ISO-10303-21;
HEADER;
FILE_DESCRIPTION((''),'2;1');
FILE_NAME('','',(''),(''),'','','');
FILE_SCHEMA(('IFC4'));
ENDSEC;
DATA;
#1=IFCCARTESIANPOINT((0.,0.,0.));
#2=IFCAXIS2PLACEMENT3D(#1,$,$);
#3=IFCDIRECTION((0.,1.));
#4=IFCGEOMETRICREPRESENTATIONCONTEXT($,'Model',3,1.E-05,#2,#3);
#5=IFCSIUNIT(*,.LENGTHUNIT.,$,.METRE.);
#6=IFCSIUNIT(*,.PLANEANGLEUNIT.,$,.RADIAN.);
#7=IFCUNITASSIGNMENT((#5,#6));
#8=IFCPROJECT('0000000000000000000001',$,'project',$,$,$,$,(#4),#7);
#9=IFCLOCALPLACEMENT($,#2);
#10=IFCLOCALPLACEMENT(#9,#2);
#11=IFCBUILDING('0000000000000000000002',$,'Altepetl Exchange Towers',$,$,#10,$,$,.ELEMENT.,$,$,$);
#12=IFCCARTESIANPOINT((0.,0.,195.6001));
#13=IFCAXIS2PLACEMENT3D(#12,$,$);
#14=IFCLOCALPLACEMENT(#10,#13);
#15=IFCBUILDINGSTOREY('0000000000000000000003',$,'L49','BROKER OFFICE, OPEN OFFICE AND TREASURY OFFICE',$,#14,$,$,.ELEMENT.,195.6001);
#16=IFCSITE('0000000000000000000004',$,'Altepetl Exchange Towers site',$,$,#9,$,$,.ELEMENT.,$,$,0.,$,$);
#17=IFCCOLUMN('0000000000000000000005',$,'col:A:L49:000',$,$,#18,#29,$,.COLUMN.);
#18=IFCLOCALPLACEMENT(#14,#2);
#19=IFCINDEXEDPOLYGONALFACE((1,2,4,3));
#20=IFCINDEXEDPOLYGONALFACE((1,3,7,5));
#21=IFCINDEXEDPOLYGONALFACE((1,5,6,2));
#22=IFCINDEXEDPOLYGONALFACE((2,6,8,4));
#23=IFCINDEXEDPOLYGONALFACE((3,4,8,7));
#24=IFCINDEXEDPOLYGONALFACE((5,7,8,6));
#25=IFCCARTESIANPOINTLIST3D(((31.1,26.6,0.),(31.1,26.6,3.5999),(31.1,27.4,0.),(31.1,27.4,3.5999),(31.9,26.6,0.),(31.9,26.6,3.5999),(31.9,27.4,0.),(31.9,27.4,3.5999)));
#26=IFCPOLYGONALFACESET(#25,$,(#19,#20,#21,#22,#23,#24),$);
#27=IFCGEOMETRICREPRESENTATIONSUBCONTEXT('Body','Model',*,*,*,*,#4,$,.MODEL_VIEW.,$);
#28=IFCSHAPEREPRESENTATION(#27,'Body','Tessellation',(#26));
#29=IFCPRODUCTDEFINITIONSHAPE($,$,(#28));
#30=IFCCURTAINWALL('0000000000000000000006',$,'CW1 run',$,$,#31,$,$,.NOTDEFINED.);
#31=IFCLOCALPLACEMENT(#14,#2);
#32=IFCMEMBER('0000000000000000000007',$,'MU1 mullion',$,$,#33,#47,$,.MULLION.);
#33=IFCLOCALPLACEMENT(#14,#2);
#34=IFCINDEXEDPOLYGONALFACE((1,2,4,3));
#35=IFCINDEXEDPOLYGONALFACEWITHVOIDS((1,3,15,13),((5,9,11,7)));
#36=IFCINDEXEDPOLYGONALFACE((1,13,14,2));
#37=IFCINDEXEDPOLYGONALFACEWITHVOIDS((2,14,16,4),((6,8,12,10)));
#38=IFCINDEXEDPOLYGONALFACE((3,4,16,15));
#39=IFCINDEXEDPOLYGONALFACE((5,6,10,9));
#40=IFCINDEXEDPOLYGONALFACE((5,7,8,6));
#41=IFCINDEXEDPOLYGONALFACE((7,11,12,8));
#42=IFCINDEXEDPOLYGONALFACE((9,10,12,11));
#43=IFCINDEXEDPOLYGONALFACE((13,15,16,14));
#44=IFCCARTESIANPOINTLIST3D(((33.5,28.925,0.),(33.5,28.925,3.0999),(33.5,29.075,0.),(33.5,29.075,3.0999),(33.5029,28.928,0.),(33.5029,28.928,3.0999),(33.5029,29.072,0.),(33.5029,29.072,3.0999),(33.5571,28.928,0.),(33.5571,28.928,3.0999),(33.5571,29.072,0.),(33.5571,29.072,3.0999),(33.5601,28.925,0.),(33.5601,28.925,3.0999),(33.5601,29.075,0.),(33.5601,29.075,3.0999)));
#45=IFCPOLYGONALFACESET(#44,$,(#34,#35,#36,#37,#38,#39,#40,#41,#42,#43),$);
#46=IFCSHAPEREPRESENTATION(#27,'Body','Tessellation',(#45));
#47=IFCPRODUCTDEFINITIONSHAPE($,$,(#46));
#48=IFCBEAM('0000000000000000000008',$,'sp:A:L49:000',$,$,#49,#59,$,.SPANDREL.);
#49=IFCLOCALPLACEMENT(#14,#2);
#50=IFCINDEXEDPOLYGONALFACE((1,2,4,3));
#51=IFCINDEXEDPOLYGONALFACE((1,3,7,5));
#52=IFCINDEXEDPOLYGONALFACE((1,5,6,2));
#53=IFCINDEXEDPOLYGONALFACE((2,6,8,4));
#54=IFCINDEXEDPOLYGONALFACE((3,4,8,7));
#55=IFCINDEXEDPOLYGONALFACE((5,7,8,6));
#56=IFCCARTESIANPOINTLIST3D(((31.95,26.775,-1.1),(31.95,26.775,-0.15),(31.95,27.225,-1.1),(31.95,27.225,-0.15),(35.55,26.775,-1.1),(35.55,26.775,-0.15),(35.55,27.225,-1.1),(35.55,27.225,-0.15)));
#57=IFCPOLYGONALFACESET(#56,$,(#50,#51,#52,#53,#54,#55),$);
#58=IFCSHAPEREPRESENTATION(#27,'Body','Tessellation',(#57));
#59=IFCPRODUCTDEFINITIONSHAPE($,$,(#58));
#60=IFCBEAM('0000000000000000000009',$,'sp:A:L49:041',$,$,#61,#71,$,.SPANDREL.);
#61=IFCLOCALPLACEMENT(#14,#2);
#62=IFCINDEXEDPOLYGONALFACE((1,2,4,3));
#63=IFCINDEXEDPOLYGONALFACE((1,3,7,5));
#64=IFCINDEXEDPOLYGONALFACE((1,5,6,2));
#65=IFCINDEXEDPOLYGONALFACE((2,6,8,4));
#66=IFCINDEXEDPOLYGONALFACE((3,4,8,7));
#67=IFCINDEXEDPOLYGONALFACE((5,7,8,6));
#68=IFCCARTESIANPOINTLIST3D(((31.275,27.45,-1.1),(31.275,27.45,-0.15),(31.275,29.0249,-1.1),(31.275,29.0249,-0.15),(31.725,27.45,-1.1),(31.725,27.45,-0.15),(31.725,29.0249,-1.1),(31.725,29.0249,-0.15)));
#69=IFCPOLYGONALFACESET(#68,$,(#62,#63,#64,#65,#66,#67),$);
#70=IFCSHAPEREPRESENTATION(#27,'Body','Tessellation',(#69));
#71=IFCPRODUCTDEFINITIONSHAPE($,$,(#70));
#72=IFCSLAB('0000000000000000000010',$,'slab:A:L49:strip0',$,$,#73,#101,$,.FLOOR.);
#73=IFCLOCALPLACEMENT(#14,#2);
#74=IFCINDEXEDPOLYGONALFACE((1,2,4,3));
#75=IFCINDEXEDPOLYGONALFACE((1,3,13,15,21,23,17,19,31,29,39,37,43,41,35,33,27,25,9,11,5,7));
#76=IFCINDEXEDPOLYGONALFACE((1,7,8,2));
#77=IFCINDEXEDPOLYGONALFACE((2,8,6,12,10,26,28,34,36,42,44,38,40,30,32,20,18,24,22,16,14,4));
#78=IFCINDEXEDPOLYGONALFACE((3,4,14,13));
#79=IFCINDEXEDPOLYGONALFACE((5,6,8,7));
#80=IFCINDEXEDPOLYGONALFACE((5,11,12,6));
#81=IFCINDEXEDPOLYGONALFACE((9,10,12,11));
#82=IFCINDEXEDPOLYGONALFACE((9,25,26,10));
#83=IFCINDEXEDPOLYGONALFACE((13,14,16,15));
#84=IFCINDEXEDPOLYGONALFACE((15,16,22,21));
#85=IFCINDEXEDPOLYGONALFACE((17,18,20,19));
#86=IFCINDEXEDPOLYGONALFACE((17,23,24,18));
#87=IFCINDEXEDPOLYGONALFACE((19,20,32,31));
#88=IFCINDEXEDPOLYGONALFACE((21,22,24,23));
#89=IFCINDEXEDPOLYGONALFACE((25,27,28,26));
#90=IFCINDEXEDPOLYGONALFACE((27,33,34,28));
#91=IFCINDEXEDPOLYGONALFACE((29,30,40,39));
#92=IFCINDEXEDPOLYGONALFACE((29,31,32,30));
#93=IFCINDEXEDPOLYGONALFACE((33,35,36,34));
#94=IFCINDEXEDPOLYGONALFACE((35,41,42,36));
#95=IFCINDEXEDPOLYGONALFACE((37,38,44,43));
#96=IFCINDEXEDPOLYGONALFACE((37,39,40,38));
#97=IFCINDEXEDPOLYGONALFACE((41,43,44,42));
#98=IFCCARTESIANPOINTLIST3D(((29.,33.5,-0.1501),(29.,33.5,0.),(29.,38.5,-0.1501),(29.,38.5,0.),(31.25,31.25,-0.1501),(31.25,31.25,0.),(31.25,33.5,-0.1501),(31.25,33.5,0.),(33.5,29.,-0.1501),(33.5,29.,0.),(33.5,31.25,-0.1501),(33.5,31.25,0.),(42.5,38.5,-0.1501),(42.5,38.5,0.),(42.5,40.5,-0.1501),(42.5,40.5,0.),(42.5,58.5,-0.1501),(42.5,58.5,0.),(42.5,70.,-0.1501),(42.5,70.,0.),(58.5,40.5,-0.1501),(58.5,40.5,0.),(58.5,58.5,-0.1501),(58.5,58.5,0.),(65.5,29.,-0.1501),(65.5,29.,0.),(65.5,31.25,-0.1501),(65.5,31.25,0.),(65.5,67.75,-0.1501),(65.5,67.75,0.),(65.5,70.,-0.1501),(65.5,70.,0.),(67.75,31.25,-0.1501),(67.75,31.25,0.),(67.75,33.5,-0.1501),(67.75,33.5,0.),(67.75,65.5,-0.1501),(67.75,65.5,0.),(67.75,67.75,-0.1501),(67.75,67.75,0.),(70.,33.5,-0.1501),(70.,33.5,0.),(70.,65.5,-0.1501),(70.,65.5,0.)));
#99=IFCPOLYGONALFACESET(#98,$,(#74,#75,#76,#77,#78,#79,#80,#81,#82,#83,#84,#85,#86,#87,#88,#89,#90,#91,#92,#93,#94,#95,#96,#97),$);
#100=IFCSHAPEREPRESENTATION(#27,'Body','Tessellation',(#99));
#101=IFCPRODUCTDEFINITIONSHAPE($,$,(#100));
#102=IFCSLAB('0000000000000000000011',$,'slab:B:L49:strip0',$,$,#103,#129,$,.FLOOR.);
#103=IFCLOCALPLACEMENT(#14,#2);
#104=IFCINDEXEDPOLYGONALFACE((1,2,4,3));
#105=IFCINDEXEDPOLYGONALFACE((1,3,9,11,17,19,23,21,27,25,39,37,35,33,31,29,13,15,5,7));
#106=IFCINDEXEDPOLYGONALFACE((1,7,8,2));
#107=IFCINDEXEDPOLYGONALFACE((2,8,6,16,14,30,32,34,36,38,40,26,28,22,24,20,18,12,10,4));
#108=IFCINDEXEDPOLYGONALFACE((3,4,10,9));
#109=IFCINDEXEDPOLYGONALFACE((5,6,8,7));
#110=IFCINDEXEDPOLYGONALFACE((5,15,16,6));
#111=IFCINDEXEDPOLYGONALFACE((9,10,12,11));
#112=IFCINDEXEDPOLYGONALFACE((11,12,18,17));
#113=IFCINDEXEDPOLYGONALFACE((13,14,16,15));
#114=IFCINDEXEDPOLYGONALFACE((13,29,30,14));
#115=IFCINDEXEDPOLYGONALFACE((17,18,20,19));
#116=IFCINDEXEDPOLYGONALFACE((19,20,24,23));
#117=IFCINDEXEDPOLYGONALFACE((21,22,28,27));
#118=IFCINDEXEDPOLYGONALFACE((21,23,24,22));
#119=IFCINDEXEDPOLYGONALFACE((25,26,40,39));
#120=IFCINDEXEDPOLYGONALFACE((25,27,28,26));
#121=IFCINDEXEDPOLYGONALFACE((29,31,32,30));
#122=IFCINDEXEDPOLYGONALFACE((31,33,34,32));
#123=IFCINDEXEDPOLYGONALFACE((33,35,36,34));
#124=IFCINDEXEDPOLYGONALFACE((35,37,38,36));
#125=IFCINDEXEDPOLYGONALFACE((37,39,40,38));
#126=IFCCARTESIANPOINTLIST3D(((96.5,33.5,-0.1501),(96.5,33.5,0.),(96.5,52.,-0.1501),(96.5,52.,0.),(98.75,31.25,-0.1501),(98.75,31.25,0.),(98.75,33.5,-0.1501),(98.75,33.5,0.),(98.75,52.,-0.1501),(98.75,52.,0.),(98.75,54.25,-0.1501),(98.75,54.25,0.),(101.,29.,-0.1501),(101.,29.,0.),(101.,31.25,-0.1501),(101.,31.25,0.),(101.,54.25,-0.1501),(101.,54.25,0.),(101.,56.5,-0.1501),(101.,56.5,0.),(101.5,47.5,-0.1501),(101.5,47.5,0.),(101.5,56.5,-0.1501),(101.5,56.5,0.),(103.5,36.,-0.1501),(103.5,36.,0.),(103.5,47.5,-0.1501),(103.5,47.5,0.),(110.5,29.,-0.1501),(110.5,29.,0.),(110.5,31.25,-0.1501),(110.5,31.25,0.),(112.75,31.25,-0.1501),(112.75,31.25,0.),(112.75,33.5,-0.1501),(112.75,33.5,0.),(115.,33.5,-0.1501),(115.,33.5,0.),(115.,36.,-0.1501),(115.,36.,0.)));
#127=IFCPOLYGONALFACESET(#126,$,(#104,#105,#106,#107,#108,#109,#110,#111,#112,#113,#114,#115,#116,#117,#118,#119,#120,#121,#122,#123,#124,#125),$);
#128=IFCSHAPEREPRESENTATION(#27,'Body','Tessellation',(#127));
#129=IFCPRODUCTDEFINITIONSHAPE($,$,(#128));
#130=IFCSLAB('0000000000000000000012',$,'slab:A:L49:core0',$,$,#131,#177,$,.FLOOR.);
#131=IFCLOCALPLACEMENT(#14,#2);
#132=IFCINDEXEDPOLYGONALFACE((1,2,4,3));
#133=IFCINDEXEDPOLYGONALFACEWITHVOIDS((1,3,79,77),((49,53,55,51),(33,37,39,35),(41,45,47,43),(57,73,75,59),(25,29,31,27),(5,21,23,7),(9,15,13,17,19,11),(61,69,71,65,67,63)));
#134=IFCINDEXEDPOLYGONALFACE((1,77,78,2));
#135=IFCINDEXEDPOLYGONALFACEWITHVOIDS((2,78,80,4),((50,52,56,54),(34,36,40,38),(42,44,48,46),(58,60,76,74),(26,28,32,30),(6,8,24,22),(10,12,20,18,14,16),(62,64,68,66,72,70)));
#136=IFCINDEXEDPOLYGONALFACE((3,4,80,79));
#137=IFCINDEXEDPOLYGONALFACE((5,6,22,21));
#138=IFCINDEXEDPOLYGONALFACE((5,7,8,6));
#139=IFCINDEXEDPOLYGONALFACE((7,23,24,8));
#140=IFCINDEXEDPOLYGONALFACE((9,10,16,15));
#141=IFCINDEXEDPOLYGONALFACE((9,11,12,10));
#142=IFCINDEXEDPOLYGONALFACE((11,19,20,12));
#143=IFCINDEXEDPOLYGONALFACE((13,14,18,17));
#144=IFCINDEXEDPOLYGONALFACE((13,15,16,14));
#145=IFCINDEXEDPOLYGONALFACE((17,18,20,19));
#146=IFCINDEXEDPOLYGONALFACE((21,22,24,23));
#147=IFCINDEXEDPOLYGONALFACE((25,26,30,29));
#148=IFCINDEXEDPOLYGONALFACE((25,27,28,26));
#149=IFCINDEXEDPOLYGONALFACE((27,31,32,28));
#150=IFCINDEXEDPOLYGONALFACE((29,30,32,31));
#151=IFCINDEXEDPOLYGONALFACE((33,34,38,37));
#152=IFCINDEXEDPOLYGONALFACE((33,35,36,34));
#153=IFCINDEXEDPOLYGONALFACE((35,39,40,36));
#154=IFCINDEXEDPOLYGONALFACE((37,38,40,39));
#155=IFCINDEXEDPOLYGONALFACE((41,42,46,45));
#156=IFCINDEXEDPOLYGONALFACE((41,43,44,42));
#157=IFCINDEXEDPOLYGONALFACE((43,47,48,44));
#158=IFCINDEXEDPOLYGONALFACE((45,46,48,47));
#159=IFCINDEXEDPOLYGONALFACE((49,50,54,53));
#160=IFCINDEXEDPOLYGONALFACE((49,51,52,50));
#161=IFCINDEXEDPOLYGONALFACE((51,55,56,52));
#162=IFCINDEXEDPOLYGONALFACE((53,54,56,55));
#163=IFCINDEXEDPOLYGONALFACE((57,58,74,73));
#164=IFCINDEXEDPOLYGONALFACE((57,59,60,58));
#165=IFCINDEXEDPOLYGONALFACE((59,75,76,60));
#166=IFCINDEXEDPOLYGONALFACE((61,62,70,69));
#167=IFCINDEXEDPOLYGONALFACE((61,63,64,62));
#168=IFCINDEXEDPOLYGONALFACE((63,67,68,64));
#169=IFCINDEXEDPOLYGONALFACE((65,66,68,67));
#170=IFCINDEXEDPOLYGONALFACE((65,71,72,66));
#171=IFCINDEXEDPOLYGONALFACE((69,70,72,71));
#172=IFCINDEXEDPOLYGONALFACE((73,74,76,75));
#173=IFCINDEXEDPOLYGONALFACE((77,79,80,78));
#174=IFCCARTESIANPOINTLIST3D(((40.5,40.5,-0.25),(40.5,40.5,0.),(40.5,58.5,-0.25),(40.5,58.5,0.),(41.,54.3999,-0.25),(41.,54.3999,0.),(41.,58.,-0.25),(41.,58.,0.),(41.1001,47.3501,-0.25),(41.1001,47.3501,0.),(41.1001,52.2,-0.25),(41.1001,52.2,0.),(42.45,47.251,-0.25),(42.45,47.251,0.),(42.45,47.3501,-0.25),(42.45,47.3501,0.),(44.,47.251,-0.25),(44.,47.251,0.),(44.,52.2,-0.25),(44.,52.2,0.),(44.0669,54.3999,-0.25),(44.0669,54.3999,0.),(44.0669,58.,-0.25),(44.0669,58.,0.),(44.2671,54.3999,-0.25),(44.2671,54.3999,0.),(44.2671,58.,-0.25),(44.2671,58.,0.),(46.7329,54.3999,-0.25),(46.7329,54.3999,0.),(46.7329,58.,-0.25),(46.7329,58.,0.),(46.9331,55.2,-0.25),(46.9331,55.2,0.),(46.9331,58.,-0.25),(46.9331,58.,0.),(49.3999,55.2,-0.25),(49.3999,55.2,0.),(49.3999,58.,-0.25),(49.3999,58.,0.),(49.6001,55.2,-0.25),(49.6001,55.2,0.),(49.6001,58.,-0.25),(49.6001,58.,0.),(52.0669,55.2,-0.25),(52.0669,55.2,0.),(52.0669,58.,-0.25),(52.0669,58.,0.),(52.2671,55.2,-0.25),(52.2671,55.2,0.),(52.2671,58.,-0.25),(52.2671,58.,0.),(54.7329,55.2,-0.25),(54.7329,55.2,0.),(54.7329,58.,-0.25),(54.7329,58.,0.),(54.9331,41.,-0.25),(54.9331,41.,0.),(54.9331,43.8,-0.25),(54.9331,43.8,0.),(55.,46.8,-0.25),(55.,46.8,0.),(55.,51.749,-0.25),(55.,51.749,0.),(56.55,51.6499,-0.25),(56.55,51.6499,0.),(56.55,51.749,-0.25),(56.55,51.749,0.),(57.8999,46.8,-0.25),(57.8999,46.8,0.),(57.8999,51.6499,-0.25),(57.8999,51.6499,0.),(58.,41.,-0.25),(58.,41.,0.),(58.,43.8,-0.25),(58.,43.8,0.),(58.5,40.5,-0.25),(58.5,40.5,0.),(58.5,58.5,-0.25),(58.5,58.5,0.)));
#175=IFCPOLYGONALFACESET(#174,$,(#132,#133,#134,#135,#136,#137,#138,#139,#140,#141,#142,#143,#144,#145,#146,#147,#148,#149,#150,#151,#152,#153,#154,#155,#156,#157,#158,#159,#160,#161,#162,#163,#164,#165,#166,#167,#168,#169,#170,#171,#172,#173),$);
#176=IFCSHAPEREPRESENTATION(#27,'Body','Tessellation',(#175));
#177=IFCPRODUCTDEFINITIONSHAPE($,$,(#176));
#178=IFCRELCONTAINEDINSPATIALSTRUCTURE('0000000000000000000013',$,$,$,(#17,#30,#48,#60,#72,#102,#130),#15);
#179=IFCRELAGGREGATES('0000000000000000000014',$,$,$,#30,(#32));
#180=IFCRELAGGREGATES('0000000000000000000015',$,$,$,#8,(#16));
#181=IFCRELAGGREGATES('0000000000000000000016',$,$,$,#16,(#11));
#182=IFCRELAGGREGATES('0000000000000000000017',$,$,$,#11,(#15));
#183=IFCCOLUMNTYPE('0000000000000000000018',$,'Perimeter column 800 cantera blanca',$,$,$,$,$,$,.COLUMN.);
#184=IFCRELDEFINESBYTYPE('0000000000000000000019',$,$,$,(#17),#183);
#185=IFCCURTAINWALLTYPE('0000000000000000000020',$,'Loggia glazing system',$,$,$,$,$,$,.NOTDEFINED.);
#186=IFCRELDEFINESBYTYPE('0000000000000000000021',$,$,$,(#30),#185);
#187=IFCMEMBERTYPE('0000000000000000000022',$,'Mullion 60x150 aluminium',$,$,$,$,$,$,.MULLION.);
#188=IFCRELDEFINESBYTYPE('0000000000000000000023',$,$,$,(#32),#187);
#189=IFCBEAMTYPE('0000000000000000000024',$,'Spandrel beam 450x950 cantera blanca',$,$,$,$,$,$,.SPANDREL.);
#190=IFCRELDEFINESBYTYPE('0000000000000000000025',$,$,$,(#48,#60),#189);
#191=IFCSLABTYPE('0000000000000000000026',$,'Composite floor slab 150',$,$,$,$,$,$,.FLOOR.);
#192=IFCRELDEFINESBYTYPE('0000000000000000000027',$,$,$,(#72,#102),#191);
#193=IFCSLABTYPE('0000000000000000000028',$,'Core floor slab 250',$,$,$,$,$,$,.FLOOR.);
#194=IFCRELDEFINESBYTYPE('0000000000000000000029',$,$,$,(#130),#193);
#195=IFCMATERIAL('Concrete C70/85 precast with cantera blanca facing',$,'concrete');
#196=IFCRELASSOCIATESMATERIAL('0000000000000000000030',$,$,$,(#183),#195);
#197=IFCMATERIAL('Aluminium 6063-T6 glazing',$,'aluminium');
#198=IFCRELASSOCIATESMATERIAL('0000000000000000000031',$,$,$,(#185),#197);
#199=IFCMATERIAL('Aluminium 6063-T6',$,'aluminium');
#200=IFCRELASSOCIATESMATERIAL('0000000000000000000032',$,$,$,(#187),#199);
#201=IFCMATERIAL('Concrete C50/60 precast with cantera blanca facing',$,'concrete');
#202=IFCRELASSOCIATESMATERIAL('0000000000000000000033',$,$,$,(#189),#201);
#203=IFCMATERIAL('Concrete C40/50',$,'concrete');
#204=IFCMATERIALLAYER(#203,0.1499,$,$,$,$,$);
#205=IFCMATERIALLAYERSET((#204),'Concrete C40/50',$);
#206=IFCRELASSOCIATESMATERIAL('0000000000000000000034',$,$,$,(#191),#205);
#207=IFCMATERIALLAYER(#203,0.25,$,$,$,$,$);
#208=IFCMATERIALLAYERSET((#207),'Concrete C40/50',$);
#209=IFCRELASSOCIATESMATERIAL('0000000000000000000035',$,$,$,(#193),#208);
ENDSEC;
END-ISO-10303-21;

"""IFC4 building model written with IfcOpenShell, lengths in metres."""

from ifc_helpers import new_model, si_unit, direction, frame, origin, origin_2d, place, context, subcontext, project, spatial, polyline, rectangle, hollow_rectangle, outline, extrude, material, layer, layer_set, material_profile, profile_set, type_object, element, aggregate, save


model = new_model("IFC4")

# Units and contexts
model_context = context("Model", 3, precision=1e-05, world=origin(), true_north=direction((0.0, 1.0)))
body_context = subcontext(model_context, "Body", "Model", "MODEL_VIEW")
ifc_project = project(units=[si_unit("LENGTHUNIT", "METRE"), si_unit("PLANEANGLEUNIT", "RADIAN")], contexts=[model_context])

# Site, building, storey
site_placement = place(None, origin())
site = spatial("IfcSite", under=ifc_project, at=site_placement, Name="Altepetl Exchange Towers site", CompositionType="ELEMENT", RefElevation=0.0)
building_placement = place(site_placement, origin())
building = spatial("IfcBuilding", under=site, at=building_placement, Name="Altepetl Exchange Towers", CompositionType="ELEMENT")
storey_placement = place(building_placement, frame((0.0, 0.0, 195.6001)))
storey = spatial("IfcBuildingStorey", under=building, at=storey_placement, Name="L49", Description="BROKER OFFICE, OPEN OFFICE AND TREASURY OFFICE", CompositionType="ELEMENT", Elevation=195.6001)

# Column
ifc_material_1 = material(Name="Concrete C70/85 precast with cantera blanca facing", Category="concrete")
ifc_material_profile_1 = material_profile(ifc_material_1, rectangle(XDim=0.8, YDim=0.8, at=origin_2d()), Name="800 x 800")
ifc_profile_set_1 = profile_set([ifc_material_profile_1], Name="Concrete C70/85 precast with cantera blanca facing")
column_type = type_object("IfcColumnType", Name="Perimeter column 800 cantera blanca", PredefinedType="COLUMN", material=ifc_profile_set_1)
column_placement = place(storey_placement, frame((31.5, 27.0, 0.0)))
element("IfcColumn", 1, at=column_placement, inside=storey, type_object=column_type, Name="col:A:L49:000", PredefinedType="COLUMN", context=body_context, shape_type="SweptSolid", body=[
    extrude(rectangle(XDim=0.8, YDim=0.8, at=origin_2d()), origin(), (0.0, 0.0, 1.0), 3.5999),
])

# Curtain wall, member
ifc_material_2 = material(Name="Aluminium 6063-T6 glazing", Category="aluminium")
curtain_wall_type = type_object("IfcCurtainWallType", Name="Loggia glazing system", PredefinedType="NOTDEFINED", material=ifc_material_2)
curtain_wall_placement = place(storey_placement, origin())
curtain_wall = element("IfcCurtainWall", 2, at=curtain_wall_placement, inside=storey, type_object=curtain_wall_type, Name="CW1 run", PredefinedType="NOTDEFINED")
ifc_material_3 = material(Name="Aluminium 6063-T6", Category="aluminium")
ifc_material_profile_2 = material_profile(ifc_material_3, hollow_rectangle(XDim=0.0601, YDim=0.1499, WallThickness=0.0029, at=origin_2d()), Name="Mullion 60x150 aluminium")
ifc_profile_set_2 = profile_set([ifc_material_profile_2], Name="Aluminium 6063-T6")
member_type = type_object("IfcMemberType", Name="Mullion 60x150 aluminium", PredefinedType="MULLION", material=ifc_profile_set_2)
member_placement = place(storey_placement, frame((33.53, 29.0, 0.0)))
member = element("IfcMember", 3, at=member_placement, type_object=member_type, Name="MU1 mullion", PredefinedType="MULLION", context=body_context, shape_type="SweptSolid", body=[
    extrude(hollow_rectangle(XDim=0.0601, YDim=0.1499, WallThickness=0.0029, at=origin_2d()), origin(), (0.0, 0.0, 1.0), 3.0999),
])
aggregate(curtain_wall, [member])

# Beams
ifc_material_4 = material(Name="Concrete C50/60 precast with cantera blanca facing", Category="concrete")
ifc_material_profile_3 = material_profile(ifc_material_4, rectangle(XDim=0.45, YDim=0.95, at=origin_2d()), Name="450 x 950")
ifc_profile_set_3 = profile_set([ifc_material_profile_3], Name="Concrete C50/60 precast with cantera blanca facing")
beam_type = type_object("IfcBeamType", Name="Spandrel beam 450x950 cantera blanca", PredefinedType="SPANDREL", material=ifc_profile_set_3)
beam_1_placement = place(storey_placement, frame((31.95, 27.0, -0.625), z_axis=(1.0, 0.0, 0.0), x_axis=(0.0, 1.0, 0.0)))
element("IfcBeam", 4, at=beam_1_placement, inside=storey, type_object=beam_type, Name="sp:A:L49:000", PredefinedType="SPANDREL", context=body_context, shape_type="SweptSolid", body=[
    extrude(rectangle(XDim=0.45, YDim=0.95, at=origin_2d()), origin(), (0.0, 0.0, 1.0), 3.6001),
])
beam_2_placement = place(storey_placement, frame((31.5, 29.0249, -0.625), z_axis=(0.0, -1.0, 0.0), x_axis=(1.0, 0.0, 0.0)))
element("IfcBeam", 5, at=beam_2_placement, inside=storey, type_object=beam_type, Name="sp:A:L49:041", PredefinedType="SPANDREL", context=body_context, shape_type="SweptSolid", body=[
    extrude(rectangle(XDim=0.45, YDim=0.95, at=origin_2d()), origin(), (0.0, 0.0, 1.0), 1.575),
])

# Slabs
ifc_material_5 = material(Name="Concrete C40/50", Category="concrete")
ifc_layer_1 = layer(ifc_material_5, 0.1499)
ifc_layer_set_1 = layer_set([ifc_layer_1], Name="Concrete C40/50")
slab_type_1 = type_object("IfcSlabType", Name="Composite floor slab 150", PredefinedType="FLOOR", material=ifc_layer_set_1)
slab_1_placement = place(storey_placement, frame((0.0, 0.0, -0.1501)))
element("IfcSlab", 6, at=slab_1_placement, inside=storey, type_object=slab_type_1, Name="slab:A:L49:strip0", PredefinedType="FLOOR", context=body_context, shape_type="SweptSolid", body=[
    extrude(outline(polyline([(42.5, 70.0), (42.5, 58.5), (58.5, 58.5), (58.5, 40.5), (42.5, 40.5), (42.5, 38.5), (29.0, 38.5), (29.0, 33.5), (31.25, 33.5), (31.25, 31.25), (33.5, 31.25), (33.5, 29.0), (65.5, 29.0), (65.5, 31.25), (67.75, 31.25), (67.75, 33.5), (70.0, 33.5), (70.0, 65.5), (67.75, 65.5), (67.75, 67.75), (65.5, 67.75), (65.5, 70.0), (42.5, 70.0)])), origin(), (0.0, 0.0, 1.0), 0.1501),
])
slab_2_placement = place(storey_placement, frame((0.0, 0.0, -0.1501)))
element("IfcSlab", 7, at=slab_2_placement, inside=storey, type_object=slab_type_1, Name="slab:B:L49:strip0", PredefinedType="FLOOR", context=body_context, shape_type="SweptSolid", body=[
    extrude(outline(polyline([(98.75, 31.25), (101.0, 31.25), (101.0, 29.0), (110.5, 29.0), (110.5, 31.25), (112.75, 31.25), (112.75, 33.5), (115.0, 33.5), (115.0, 36.0), (103.5, 36.0), (103.5, 47.5), (101.5, 47.5), (101.5, 56.5), (101.0, 56.5), (101.0, 54.25), (98.75, 54.25), (98.75, 52.0), (96.5, 52.0), (96.5, 33.5), (98.75, 33.5), (98.75, 31.25)])), origin(), (0.0, 0.0, 1.0), 0.1501),
])
ifc_layer_2 = layer(ifc_material_5, 0.25)
ifc_layer_set_2 = layer_set([ifc_layer_2], Name="Concrete C40/50")
slab_type_2 = type_object("IfcSlabType", Name="Core floor slab 250", PredefinedType="FLOOR", material=ifc_layer_set_2)
slab_3_placement = place(storey_placement, frame((0.0, 0.0, -0.25)))
element("IfcSlab", 8, at=slab_3_placement, inside=storey, type_object=slab_type_2, Name="slab:A:L49:core0", PredefinedType="FLOOR", context=body_context, shape_type="SweptSolid", body=[
    extrude(outline(polyline([(40.5, 40.5), (58.5, 40.5), (58.5, 58.5), (40.5, 58.5), (40.5, 40.5)]), holes=[polyline([(54.9331, 43.8), (58.0, 43.8), (58.0, 41.0), (54.9331, 41.0), (54.9331, 43.8)]), polyline([(55.0, 51.749), (56.55, 51.749), (56.55, 51.6499), (57.8999, 51.6499), (57.8999, 46.8), (55.0, 46.8), (55.0, 51.749)]), polyline([(44.0, 47.251), (42.45, 47.251), (42.45, 47.3501), (41.1001, 47.3501), (41.1001, 52.2), (44.0, 52.2), (44.0, 47.251)]), polyline([(41.0, 58.0), (44.0669, 58.0), (44.0669, 54.3999), (41.0, 54.3999), (41.0, 58.0)]), polyline([(44.2671, 58.0), (46.7329, 58.0), (46.7329, 54.3999), (44.2671, 54.3999), (44.2671, 58.0)]), polyline([(46.9331, 58.0), (49.3999, 58.0), (49.3999, 55.2), (46.9331, 55.2), (46.9331, 58.0)]), polyline([(49.6001, 58.0), (52.0669, 58.0), (52.0669, 55.2), (49.6001, 55.2), (49.6001, 58.0)]), polyline([(52.2671, 58.0), (54.7329, 58.0), (54.7329, 55.2), (52.2671, 55.2), (52.2671, 58.0)])]), origin(), (0.0, 0.0, 1.0), 0.25),
])

save(model, "model.ifc")
